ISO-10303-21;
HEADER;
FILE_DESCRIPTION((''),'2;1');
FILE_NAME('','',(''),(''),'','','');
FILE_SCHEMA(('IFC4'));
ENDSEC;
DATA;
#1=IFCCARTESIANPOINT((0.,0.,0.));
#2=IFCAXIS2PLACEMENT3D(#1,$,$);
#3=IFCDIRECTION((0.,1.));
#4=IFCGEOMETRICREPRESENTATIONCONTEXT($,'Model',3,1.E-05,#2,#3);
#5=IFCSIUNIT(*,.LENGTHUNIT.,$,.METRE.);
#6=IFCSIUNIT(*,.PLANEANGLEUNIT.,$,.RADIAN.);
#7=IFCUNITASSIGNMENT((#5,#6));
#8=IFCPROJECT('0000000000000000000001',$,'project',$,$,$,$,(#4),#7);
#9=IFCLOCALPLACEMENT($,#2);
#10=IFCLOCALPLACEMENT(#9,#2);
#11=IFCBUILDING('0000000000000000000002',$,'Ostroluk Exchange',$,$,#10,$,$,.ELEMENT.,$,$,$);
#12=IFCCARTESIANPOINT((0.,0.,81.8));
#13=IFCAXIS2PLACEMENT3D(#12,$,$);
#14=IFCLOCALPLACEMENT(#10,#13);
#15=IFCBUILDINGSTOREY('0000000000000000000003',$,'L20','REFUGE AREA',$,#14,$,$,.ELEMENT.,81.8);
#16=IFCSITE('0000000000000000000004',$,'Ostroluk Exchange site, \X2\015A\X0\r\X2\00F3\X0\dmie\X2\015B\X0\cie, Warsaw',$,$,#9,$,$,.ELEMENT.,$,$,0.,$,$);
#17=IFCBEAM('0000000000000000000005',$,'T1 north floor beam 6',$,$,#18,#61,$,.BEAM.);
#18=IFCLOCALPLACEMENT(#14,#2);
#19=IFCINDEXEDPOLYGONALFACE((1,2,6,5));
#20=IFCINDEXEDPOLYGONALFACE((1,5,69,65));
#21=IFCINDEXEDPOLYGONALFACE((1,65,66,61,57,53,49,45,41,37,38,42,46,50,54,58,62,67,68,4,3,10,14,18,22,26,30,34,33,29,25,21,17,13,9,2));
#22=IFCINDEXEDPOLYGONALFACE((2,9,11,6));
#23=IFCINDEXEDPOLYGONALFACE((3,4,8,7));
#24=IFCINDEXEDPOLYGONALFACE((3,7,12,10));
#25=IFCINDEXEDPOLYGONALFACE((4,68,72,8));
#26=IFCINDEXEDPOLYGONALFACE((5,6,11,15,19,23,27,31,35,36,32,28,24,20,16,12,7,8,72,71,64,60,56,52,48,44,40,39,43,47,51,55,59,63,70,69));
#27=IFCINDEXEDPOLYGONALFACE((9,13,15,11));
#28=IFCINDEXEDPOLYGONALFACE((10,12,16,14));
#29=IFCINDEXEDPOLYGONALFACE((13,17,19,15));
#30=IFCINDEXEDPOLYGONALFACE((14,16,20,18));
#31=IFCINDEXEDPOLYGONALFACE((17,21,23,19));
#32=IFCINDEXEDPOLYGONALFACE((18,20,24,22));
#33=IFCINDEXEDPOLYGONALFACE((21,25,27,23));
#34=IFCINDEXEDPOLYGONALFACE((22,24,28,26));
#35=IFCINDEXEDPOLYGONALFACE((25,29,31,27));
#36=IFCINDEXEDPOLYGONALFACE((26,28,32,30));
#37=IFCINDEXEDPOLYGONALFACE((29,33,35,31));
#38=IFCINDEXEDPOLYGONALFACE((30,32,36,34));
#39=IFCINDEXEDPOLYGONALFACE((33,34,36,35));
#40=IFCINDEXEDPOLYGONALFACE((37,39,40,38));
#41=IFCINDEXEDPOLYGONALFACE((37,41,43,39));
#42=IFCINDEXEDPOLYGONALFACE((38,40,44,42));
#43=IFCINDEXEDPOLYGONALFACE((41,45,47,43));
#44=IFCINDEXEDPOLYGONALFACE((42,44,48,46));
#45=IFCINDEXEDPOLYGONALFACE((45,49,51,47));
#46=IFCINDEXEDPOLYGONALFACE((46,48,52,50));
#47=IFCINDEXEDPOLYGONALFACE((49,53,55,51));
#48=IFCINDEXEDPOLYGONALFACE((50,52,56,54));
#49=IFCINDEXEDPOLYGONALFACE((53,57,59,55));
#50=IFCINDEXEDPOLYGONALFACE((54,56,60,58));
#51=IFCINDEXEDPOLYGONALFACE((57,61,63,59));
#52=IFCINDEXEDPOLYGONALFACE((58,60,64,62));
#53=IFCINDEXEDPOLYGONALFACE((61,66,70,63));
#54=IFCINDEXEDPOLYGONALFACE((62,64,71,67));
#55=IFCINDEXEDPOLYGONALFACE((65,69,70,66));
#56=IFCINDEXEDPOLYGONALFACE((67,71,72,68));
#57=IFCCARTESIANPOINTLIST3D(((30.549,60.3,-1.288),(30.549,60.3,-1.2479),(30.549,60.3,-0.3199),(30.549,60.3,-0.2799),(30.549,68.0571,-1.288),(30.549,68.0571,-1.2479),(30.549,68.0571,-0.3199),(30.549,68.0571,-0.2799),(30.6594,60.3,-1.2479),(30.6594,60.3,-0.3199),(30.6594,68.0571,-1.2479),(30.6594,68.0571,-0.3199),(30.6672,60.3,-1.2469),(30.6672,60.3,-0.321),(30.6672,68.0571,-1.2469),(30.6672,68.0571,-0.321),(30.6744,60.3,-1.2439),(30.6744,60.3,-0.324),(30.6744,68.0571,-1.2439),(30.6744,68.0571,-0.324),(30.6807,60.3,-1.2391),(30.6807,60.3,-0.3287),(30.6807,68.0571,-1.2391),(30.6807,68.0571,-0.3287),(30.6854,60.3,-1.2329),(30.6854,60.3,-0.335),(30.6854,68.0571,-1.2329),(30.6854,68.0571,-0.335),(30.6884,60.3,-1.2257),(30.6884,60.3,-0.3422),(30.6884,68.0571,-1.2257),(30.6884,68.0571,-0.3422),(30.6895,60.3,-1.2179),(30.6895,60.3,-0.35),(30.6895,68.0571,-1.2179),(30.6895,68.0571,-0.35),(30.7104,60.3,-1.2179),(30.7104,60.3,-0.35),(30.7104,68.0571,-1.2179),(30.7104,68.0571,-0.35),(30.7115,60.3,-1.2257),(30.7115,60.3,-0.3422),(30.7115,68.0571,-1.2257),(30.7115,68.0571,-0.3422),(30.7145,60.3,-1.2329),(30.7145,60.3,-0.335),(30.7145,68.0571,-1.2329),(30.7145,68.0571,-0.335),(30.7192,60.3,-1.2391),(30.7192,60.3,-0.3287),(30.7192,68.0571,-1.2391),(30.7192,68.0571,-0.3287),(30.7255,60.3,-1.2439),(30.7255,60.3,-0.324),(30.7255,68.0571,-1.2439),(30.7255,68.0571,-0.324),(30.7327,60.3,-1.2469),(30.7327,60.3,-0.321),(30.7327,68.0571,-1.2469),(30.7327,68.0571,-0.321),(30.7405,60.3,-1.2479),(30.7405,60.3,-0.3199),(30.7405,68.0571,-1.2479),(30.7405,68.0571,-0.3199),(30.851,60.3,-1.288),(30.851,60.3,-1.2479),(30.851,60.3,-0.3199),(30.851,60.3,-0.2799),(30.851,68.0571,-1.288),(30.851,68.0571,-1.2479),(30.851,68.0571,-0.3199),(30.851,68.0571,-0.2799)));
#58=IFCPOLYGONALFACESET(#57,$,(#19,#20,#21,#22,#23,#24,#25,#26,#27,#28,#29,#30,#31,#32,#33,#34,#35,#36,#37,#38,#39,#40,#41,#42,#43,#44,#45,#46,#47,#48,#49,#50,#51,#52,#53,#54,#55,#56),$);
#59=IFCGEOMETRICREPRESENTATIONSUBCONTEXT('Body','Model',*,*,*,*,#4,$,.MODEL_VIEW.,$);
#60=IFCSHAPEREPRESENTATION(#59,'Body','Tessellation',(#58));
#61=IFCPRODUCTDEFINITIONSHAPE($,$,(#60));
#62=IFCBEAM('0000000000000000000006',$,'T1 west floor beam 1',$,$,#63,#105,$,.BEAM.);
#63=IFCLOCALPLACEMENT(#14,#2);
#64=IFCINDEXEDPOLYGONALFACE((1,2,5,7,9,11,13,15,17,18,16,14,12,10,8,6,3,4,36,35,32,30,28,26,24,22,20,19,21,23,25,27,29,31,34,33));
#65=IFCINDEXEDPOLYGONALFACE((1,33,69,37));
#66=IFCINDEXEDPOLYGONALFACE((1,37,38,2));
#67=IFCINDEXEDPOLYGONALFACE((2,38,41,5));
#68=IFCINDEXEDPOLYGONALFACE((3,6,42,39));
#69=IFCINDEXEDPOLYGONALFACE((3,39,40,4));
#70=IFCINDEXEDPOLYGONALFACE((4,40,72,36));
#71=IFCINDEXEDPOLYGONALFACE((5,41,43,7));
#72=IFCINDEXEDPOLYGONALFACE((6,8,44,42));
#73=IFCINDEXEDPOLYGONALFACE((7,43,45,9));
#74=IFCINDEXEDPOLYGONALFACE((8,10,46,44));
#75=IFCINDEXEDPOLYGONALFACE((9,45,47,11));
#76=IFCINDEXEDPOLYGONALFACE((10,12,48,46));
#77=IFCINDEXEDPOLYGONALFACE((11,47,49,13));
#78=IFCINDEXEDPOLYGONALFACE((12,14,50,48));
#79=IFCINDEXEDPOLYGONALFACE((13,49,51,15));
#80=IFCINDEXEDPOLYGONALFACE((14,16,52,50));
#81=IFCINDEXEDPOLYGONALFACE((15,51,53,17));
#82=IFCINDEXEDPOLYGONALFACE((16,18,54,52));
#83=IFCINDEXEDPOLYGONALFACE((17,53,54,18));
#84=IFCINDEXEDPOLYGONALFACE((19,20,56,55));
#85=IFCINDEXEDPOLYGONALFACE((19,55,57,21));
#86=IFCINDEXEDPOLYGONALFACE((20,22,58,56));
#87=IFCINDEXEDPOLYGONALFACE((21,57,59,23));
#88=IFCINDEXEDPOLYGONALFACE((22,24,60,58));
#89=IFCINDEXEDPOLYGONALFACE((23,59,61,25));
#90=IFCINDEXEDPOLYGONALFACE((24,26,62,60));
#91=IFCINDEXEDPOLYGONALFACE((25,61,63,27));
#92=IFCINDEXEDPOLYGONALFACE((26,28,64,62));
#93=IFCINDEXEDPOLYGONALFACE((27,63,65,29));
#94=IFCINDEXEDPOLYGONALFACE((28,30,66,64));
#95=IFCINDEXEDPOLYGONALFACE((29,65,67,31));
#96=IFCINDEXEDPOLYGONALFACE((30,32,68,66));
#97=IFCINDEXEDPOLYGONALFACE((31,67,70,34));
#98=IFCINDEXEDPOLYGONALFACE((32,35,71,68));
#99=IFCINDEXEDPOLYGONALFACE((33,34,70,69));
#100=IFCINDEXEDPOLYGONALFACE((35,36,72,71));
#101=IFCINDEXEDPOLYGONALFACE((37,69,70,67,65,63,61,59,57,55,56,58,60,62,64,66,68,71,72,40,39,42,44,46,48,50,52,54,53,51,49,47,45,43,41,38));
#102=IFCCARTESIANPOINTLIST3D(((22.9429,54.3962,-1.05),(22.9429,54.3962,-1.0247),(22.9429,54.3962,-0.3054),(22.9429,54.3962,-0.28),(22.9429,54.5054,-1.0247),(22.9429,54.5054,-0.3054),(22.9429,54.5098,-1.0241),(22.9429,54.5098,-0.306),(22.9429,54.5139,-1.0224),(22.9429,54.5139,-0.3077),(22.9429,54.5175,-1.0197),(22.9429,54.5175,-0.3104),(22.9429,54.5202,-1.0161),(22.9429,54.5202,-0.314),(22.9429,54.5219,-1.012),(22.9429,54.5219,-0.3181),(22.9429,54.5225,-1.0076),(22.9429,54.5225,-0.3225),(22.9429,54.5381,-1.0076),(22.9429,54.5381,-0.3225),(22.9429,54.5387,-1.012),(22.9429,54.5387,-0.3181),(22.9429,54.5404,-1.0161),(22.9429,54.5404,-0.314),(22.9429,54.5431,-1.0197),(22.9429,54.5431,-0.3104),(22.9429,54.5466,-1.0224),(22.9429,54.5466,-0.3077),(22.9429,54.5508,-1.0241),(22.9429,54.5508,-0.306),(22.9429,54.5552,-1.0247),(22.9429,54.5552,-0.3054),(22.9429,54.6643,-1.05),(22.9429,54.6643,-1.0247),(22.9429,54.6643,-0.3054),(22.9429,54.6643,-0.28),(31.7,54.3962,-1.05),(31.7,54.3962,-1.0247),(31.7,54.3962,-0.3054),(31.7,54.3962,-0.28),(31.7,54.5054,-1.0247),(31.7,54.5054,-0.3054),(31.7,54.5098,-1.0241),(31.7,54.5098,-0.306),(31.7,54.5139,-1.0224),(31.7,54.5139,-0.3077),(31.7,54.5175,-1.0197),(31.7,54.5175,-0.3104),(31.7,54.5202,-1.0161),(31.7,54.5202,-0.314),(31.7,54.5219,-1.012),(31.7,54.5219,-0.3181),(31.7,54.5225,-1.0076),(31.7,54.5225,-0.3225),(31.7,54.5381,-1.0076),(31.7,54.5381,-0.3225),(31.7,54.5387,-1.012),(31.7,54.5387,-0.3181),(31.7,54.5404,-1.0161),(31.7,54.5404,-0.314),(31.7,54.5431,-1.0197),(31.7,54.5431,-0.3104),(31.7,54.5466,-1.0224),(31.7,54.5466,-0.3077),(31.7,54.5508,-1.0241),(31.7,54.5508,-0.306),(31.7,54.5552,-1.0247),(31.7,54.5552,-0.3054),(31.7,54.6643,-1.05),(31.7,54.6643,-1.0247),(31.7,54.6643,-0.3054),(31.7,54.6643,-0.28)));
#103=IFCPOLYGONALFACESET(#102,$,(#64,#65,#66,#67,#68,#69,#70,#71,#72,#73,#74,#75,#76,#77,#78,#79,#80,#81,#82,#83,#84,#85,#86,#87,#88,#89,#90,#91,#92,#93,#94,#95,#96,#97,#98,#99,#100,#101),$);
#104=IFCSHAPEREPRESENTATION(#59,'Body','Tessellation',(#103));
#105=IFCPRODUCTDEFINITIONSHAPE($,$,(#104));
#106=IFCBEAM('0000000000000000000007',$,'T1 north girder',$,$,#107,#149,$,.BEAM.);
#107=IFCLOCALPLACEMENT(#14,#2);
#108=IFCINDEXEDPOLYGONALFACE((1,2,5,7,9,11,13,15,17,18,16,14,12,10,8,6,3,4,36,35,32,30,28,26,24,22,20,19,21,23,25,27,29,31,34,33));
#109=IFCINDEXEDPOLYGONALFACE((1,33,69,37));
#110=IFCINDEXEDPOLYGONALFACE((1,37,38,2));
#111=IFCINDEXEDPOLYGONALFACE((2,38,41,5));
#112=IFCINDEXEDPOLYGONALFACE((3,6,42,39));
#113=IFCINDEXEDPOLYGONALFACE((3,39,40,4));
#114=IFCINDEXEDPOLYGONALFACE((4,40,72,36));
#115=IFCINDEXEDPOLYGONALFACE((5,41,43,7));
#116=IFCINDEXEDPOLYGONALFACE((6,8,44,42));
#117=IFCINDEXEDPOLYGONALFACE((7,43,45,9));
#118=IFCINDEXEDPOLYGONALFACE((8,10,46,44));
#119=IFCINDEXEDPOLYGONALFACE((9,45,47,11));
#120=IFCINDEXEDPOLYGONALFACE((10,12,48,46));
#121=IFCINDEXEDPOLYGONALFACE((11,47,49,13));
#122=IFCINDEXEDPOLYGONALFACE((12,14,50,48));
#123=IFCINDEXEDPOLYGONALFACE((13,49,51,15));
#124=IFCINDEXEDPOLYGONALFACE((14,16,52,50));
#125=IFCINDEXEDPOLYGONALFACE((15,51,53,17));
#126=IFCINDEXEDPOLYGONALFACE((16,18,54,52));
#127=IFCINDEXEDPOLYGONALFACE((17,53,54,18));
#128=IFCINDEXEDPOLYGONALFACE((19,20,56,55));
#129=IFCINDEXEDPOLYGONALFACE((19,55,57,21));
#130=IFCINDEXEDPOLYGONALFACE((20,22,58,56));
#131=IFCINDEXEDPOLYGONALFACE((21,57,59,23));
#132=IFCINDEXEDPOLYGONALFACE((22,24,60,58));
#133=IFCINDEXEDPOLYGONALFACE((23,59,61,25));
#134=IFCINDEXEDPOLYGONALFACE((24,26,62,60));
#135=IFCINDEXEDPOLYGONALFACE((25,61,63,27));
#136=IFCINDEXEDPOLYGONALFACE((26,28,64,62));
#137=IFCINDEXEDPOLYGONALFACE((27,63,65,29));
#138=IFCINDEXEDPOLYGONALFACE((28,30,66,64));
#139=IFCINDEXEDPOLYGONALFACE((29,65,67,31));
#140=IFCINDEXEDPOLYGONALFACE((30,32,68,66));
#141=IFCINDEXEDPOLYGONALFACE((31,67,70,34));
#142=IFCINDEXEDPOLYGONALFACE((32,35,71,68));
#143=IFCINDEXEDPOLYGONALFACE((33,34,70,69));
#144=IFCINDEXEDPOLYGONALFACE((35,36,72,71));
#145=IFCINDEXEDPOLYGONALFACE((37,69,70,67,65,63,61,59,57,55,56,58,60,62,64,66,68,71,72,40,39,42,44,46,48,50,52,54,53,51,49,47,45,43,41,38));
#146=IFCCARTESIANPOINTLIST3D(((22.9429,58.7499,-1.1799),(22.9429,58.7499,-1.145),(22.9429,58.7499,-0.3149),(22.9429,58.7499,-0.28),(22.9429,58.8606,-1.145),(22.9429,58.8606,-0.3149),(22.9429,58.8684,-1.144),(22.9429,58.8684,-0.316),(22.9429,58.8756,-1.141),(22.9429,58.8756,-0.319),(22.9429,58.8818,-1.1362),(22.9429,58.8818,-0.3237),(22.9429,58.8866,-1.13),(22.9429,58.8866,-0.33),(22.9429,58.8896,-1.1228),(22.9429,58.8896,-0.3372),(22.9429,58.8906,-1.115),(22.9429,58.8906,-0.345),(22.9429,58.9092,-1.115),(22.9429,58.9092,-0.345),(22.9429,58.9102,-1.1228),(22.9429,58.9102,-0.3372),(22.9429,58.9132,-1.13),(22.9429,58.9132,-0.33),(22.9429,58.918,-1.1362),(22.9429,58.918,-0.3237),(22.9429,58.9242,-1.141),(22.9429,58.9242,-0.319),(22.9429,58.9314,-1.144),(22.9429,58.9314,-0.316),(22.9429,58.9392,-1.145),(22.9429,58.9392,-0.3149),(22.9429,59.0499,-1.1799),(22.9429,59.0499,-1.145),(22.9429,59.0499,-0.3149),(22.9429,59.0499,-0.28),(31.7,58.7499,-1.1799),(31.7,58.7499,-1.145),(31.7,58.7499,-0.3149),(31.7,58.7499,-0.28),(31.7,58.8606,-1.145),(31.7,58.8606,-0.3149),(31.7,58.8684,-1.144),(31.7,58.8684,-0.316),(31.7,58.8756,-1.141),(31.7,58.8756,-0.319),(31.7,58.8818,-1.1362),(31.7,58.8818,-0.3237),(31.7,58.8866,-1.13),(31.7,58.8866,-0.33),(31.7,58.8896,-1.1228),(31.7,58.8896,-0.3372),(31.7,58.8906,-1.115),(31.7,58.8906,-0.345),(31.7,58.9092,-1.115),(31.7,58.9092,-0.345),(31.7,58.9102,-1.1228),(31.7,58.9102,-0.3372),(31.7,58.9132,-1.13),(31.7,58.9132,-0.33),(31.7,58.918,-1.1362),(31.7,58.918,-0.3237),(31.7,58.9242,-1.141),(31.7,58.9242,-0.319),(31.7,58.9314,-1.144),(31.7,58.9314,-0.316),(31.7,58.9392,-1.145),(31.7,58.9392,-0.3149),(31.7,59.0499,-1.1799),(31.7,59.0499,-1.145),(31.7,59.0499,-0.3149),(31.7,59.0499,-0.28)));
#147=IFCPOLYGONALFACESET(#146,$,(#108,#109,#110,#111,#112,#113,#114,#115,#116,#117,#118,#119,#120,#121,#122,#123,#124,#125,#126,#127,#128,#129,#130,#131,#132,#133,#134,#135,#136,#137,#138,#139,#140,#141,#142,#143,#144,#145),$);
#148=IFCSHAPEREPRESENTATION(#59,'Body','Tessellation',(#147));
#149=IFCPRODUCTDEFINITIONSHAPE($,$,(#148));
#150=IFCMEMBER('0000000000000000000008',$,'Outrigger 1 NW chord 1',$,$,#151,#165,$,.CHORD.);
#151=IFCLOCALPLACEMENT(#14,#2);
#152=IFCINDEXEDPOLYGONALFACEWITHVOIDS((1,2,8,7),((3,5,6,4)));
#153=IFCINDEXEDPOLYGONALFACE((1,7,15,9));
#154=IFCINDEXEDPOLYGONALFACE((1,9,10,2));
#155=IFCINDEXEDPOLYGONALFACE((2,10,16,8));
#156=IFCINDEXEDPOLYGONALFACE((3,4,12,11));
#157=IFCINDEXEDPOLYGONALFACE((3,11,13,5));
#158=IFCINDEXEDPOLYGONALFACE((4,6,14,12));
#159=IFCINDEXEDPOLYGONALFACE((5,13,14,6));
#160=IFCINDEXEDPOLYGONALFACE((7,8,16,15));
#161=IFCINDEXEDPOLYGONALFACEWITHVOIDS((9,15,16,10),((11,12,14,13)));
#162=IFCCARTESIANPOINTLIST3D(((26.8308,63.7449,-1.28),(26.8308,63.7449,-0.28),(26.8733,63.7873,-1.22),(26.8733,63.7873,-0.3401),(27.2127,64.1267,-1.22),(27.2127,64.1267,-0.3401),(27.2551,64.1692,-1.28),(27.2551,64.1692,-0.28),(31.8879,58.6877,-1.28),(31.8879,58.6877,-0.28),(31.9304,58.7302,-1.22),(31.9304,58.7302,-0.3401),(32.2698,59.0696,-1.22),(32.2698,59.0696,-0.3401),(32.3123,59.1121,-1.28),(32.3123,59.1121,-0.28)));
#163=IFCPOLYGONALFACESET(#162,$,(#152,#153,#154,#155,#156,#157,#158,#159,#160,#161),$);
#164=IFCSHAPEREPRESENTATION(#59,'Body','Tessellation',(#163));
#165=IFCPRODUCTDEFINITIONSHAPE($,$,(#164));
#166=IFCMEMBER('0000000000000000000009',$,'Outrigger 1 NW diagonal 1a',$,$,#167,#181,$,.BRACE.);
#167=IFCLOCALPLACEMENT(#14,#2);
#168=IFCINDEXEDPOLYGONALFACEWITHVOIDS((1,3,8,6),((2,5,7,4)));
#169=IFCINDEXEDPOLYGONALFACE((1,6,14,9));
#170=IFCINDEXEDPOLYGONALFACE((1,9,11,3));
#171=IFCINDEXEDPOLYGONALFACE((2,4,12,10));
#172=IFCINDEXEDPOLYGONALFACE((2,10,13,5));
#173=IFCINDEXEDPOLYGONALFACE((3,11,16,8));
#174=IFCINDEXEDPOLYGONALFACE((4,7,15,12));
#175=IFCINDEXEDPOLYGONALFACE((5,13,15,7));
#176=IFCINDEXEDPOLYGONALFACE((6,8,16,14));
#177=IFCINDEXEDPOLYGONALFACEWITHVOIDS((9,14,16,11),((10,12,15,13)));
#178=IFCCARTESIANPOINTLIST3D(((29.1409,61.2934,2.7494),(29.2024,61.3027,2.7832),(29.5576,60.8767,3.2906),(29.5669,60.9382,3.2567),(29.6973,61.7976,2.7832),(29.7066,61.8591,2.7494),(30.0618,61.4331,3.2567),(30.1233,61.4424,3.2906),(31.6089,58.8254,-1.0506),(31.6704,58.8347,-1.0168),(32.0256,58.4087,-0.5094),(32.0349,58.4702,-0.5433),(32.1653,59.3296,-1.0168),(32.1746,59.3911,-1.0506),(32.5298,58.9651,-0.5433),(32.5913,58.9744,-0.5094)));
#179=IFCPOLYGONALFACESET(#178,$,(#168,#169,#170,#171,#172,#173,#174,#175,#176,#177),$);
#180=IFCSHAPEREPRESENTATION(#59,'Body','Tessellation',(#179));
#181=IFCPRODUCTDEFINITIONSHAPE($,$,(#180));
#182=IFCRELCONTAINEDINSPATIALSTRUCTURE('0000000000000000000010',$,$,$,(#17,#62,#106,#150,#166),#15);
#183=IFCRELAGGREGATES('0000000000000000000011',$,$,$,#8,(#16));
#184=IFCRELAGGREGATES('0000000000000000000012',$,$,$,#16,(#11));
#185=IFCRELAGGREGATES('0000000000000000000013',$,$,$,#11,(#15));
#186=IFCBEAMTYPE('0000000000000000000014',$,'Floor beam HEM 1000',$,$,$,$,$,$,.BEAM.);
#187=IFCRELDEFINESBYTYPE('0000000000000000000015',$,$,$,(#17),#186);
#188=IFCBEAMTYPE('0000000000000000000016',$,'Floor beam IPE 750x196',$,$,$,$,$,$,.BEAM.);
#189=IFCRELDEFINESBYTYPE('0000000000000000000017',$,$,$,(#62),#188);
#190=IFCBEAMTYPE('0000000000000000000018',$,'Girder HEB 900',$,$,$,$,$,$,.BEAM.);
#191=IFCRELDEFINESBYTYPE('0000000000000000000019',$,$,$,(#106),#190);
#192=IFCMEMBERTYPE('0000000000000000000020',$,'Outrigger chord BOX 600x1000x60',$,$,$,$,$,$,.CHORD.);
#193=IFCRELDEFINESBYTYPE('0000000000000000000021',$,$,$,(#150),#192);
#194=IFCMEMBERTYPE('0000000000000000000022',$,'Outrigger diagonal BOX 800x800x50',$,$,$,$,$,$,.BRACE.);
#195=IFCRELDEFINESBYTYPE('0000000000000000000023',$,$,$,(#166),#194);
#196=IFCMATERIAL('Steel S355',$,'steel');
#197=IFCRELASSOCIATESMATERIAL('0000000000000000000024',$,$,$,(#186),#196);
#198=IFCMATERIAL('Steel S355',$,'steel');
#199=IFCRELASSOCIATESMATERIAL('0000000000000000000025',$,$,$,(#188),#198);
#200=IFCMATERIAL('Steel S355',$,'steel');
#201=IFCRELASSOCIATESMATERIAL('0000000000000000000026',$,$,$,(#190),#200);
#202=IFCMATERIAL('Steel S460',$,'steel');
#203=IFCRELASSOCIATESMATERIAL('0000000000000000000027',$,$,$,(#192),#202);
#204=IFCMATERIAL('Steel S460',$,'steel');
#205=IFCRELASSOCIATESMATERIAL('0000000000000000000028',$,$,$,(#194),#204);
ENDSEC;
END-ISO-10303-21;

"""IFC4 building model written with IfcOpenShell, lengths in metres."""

from ifc_helpers import new_model, si_unit, direction, frame, origin, origin_2d, place, context, subcontext, project, spatial, hollow_rectangle, i_section, extrude, material, material_profile, profile_set, type_object, element, save


model = new_model("IFC4")

# Units and contexts
model_context = context("Model", 3, precision=1e-05, world=origin(), true_north=direction((0.0, 1.0)))
body_context = subcontext(model_context, "Body", "Model", "MODEL_VIEW")
ifc_project = project(units=[si_unit("LENGTHUNIT", "METRE"), si_unit("PLANEANGLEUNIT", "RADIAN")], contexts=[model_context])

# Site, building, storey
site_placement = place(None, origin())
site = spatial("IfcSite", under=ifc_project, at=site_placement, Name="Ostroluk Exchange site, Śródmieście, Warsaw", CompositionType="ELEMENT", RefElevation=0.0)
building_placement = place(site_placement, origin())
building = spatial("IfcBuilding", under=site, at=building_placement, Name="Ostroluk Exchange", CompositionType="ELEMENT")
storey_placement = place(building_placement, frame((0.0, 0.0, 81.8)))
storey = spatial("IfcBuildingStorey", under=building, at=storey_placement, Name="L20", Description="REFUGE AREA", CompositionType="ELEMENT", Elevation=81.8)

# Beams
ifc_material_1 = material(Name="Steel S355", Category="steel")
ifc_material_profile_1 = material_profile(ifc_material_1, i_section(OverallWidth=0.302, OverallDepth=1.0081, WebThickness=0.021, FlangeThickness=0.04, FilletRadius=0.03, at=origin_2d()), Name="HEM 1000")
ifc_profile_set_1 = profile_set([ifc_material_profile_1], Name="Steel S355")
beam_type_1 = type_object("IfcBeamType", Name="Floor beam HEM 1000", PredefinedType="BEAM", material=ifc_profile_set_1)
beam_1_placement = place(storey_placement, frame((30.7, 60.3, -0.7839), z_axis=(0.0, 1.0, 0.0), x_axis=(-1.0, 0.0, 0.0)))
element("IfcBeam", 1, at=beam_1_placement, inside=storey, type_object=beam_type_1, Name="T1 north floor beam 6", PredefinedType="BEAM", context=body_context, shape_type="SweptSolid", body=[
    extrude(i_section(OverallWidth=0.302, OverallDepth=1.0081, WebThickness=0.021, FlangeThickness=0.04, FilletRadius=0.03, at=origin_2d()), origin(), (0.0, 0.0, 1.0), 7.7571),
])
ifc_material_2 = material(Name="Steel S355", Category="steel")
ifc_material_profile_2 = material_profile(ifc_material_2, i_section(OverallWidth=0.2681, OverallDepth=0.77, WebThickness=0.0156, FlangeThickness=0.0254, FilletRadius=0.0171, at=origin_2d()), Name="IPE 750x196")
ifc_profile_set_2 = profile_set([ifc_material_profile_2], Name="Steel S355")
beam_type_2 = type_object("IfcBeamType", Name="Floor beam IPE 750x196", PredefinedType="BEAM", material=ifc_profile_set_2)
beam_2_placement = place(storey_placement, frame((31.7, 54.5303, -0.665), z_axis=(-1.0, 0.0, 0.0), x_axis=(0.0, -1.0, 0.0)))
element("IfcBeam", 2, at=beam_2_placement, inside=storey, type_object=beam_type_2, Name="T1 west floor beam 1", PredefinedType="BEAM", context=body_context, shape_type="SweptSolid", body=[
    extrude(i_section(OverallWidth=0.2681, OverallDepth=0.77, WebThickness=0.0156, FlangeThickness=0.0254, FilletRadius=0.0171, at=origin_2d()), origin(), (0.0, 0.0, 1.0), 8.7571),
])
ifc_material_3 = material(Name="Steel S355", Category="steel")
ifc_material_profile_3 = material_profile(ifc_material_3, i_section(OverallWidth=0.3, OverallDepth=0.8999, WebThickness=0.0186, FlangeThickness=0.0349, FilletRadius=0.03, at=origin_2d()), Name="HEB 900")
ifc_profile_set_3 = profile_set([ifc_material_profile_3], Name="Steel S355")
beam_type_3 = type_object("IfcBeamType", Name="Girder HEB 900", PredefinedType="BEAM", material=ifc_profile_set_3)
beam_3_placement = place(storey_placement, frame((31.7, 58.8999, -0.73), z_axis=(-1.0, 0.0, 0.0), x_axis=(0.0, -1.0, 0.0)))
element("IfcBeam", 3, at=beam_3_placement, inside=storey, type_object=beam_type_3, Name="T1 north girder", PredefinedType="BEAM", context=body_context, shape_type="SweptSolid", body=[
    extrude(i_section(OverallWidth=0.3, OverallDepth=0.8999, WebThickness=0.0186, FlangeThickness=0.0349, FilletRadius=0.03, at=origin_2d()), origin(), (0.0, 0.0, 1.0), 8.7571),
])

# Members
ifc_material_4 = material(Name="Steel S460", Category="steel")
ifc_material_profile_4 = material_profile(ifc_material_4, hollow_rectangle(XDim=0.6001, YDim=1.0, WallThickness=0.0601, at=origin_2d()), Name="BOX 600x1000x60")
ifc_profile_set_4 = profile_set([ifc_material_profile_4], Name="Steel S460")
member_type_1 = type_object("IfcMemberType", Name="Outrigger chord BOX 600x1000x60", PredefinedType="CHORD", material=ifc_profile_set_4)
member_1_placement = place(storey_placement, frame((32.1001, 58.8999, -0.78), z_axis=(-0.707107, 0.707107, 0.0), x_axis=(-0.707107, -0.707107, 0.0)))
element("IfcMember", 4, at=member_1_placement, inside=storey, type_object=member_type_1, Name="Outrigger 1 NW chord 1", PredefinedType="CHORD", context=body_context, shape_type="SweptSolid", body=[
    extrude(hollow_rectangle(XDim=0.6001, YDim=1.0, WallThickness=0.0601, at=origin_2d()), origin(), (0.0, 0.0, 1.0), 7.1519),
])
ifc_material_5 = material(Name="Steel S460", Category="steel")
ifc_material_profile_5 = material_profile(ifc_material_5, hollow_rectangle(XDim=0.8, YDim=0.8, WallThickness=0.05, at=origin_2d()), Name="BOX 800x800x50")
ifc_profile_set_5 = profile_set([ifc_material_profile_5], Name="Steel S460")
member_type_2 = type_object("IfcMemberType", Name="Outrigger diagonal BOX 800x800x50", PredefinedType="BRACE", material=ifc_profile_set_5)
member_2_placement = place(storey_placement, frame((32.1001, 58.8999, -0.78), z_axis=(-0.478325, 0.478325, 0.736485), x_axis=(-0.707107, -0.707107, 0.0)))
element("IfcMember", 5, at=member_2_placement, inside=storey, type_object=member_type_2, Name="Outrigger 1 NW diagonal 1a", PredefinedType="BRACE", context=body_context, shape_type="SweptSolid", body=[
    extrude(hollow_rectangle(XDim=0.8, YDim=0.8, WallThickness=0.05, at=origin_2d()), origin(), (0.0, 0.0, 1.0), 5.1597),
])

save(model, "model.ifc")
